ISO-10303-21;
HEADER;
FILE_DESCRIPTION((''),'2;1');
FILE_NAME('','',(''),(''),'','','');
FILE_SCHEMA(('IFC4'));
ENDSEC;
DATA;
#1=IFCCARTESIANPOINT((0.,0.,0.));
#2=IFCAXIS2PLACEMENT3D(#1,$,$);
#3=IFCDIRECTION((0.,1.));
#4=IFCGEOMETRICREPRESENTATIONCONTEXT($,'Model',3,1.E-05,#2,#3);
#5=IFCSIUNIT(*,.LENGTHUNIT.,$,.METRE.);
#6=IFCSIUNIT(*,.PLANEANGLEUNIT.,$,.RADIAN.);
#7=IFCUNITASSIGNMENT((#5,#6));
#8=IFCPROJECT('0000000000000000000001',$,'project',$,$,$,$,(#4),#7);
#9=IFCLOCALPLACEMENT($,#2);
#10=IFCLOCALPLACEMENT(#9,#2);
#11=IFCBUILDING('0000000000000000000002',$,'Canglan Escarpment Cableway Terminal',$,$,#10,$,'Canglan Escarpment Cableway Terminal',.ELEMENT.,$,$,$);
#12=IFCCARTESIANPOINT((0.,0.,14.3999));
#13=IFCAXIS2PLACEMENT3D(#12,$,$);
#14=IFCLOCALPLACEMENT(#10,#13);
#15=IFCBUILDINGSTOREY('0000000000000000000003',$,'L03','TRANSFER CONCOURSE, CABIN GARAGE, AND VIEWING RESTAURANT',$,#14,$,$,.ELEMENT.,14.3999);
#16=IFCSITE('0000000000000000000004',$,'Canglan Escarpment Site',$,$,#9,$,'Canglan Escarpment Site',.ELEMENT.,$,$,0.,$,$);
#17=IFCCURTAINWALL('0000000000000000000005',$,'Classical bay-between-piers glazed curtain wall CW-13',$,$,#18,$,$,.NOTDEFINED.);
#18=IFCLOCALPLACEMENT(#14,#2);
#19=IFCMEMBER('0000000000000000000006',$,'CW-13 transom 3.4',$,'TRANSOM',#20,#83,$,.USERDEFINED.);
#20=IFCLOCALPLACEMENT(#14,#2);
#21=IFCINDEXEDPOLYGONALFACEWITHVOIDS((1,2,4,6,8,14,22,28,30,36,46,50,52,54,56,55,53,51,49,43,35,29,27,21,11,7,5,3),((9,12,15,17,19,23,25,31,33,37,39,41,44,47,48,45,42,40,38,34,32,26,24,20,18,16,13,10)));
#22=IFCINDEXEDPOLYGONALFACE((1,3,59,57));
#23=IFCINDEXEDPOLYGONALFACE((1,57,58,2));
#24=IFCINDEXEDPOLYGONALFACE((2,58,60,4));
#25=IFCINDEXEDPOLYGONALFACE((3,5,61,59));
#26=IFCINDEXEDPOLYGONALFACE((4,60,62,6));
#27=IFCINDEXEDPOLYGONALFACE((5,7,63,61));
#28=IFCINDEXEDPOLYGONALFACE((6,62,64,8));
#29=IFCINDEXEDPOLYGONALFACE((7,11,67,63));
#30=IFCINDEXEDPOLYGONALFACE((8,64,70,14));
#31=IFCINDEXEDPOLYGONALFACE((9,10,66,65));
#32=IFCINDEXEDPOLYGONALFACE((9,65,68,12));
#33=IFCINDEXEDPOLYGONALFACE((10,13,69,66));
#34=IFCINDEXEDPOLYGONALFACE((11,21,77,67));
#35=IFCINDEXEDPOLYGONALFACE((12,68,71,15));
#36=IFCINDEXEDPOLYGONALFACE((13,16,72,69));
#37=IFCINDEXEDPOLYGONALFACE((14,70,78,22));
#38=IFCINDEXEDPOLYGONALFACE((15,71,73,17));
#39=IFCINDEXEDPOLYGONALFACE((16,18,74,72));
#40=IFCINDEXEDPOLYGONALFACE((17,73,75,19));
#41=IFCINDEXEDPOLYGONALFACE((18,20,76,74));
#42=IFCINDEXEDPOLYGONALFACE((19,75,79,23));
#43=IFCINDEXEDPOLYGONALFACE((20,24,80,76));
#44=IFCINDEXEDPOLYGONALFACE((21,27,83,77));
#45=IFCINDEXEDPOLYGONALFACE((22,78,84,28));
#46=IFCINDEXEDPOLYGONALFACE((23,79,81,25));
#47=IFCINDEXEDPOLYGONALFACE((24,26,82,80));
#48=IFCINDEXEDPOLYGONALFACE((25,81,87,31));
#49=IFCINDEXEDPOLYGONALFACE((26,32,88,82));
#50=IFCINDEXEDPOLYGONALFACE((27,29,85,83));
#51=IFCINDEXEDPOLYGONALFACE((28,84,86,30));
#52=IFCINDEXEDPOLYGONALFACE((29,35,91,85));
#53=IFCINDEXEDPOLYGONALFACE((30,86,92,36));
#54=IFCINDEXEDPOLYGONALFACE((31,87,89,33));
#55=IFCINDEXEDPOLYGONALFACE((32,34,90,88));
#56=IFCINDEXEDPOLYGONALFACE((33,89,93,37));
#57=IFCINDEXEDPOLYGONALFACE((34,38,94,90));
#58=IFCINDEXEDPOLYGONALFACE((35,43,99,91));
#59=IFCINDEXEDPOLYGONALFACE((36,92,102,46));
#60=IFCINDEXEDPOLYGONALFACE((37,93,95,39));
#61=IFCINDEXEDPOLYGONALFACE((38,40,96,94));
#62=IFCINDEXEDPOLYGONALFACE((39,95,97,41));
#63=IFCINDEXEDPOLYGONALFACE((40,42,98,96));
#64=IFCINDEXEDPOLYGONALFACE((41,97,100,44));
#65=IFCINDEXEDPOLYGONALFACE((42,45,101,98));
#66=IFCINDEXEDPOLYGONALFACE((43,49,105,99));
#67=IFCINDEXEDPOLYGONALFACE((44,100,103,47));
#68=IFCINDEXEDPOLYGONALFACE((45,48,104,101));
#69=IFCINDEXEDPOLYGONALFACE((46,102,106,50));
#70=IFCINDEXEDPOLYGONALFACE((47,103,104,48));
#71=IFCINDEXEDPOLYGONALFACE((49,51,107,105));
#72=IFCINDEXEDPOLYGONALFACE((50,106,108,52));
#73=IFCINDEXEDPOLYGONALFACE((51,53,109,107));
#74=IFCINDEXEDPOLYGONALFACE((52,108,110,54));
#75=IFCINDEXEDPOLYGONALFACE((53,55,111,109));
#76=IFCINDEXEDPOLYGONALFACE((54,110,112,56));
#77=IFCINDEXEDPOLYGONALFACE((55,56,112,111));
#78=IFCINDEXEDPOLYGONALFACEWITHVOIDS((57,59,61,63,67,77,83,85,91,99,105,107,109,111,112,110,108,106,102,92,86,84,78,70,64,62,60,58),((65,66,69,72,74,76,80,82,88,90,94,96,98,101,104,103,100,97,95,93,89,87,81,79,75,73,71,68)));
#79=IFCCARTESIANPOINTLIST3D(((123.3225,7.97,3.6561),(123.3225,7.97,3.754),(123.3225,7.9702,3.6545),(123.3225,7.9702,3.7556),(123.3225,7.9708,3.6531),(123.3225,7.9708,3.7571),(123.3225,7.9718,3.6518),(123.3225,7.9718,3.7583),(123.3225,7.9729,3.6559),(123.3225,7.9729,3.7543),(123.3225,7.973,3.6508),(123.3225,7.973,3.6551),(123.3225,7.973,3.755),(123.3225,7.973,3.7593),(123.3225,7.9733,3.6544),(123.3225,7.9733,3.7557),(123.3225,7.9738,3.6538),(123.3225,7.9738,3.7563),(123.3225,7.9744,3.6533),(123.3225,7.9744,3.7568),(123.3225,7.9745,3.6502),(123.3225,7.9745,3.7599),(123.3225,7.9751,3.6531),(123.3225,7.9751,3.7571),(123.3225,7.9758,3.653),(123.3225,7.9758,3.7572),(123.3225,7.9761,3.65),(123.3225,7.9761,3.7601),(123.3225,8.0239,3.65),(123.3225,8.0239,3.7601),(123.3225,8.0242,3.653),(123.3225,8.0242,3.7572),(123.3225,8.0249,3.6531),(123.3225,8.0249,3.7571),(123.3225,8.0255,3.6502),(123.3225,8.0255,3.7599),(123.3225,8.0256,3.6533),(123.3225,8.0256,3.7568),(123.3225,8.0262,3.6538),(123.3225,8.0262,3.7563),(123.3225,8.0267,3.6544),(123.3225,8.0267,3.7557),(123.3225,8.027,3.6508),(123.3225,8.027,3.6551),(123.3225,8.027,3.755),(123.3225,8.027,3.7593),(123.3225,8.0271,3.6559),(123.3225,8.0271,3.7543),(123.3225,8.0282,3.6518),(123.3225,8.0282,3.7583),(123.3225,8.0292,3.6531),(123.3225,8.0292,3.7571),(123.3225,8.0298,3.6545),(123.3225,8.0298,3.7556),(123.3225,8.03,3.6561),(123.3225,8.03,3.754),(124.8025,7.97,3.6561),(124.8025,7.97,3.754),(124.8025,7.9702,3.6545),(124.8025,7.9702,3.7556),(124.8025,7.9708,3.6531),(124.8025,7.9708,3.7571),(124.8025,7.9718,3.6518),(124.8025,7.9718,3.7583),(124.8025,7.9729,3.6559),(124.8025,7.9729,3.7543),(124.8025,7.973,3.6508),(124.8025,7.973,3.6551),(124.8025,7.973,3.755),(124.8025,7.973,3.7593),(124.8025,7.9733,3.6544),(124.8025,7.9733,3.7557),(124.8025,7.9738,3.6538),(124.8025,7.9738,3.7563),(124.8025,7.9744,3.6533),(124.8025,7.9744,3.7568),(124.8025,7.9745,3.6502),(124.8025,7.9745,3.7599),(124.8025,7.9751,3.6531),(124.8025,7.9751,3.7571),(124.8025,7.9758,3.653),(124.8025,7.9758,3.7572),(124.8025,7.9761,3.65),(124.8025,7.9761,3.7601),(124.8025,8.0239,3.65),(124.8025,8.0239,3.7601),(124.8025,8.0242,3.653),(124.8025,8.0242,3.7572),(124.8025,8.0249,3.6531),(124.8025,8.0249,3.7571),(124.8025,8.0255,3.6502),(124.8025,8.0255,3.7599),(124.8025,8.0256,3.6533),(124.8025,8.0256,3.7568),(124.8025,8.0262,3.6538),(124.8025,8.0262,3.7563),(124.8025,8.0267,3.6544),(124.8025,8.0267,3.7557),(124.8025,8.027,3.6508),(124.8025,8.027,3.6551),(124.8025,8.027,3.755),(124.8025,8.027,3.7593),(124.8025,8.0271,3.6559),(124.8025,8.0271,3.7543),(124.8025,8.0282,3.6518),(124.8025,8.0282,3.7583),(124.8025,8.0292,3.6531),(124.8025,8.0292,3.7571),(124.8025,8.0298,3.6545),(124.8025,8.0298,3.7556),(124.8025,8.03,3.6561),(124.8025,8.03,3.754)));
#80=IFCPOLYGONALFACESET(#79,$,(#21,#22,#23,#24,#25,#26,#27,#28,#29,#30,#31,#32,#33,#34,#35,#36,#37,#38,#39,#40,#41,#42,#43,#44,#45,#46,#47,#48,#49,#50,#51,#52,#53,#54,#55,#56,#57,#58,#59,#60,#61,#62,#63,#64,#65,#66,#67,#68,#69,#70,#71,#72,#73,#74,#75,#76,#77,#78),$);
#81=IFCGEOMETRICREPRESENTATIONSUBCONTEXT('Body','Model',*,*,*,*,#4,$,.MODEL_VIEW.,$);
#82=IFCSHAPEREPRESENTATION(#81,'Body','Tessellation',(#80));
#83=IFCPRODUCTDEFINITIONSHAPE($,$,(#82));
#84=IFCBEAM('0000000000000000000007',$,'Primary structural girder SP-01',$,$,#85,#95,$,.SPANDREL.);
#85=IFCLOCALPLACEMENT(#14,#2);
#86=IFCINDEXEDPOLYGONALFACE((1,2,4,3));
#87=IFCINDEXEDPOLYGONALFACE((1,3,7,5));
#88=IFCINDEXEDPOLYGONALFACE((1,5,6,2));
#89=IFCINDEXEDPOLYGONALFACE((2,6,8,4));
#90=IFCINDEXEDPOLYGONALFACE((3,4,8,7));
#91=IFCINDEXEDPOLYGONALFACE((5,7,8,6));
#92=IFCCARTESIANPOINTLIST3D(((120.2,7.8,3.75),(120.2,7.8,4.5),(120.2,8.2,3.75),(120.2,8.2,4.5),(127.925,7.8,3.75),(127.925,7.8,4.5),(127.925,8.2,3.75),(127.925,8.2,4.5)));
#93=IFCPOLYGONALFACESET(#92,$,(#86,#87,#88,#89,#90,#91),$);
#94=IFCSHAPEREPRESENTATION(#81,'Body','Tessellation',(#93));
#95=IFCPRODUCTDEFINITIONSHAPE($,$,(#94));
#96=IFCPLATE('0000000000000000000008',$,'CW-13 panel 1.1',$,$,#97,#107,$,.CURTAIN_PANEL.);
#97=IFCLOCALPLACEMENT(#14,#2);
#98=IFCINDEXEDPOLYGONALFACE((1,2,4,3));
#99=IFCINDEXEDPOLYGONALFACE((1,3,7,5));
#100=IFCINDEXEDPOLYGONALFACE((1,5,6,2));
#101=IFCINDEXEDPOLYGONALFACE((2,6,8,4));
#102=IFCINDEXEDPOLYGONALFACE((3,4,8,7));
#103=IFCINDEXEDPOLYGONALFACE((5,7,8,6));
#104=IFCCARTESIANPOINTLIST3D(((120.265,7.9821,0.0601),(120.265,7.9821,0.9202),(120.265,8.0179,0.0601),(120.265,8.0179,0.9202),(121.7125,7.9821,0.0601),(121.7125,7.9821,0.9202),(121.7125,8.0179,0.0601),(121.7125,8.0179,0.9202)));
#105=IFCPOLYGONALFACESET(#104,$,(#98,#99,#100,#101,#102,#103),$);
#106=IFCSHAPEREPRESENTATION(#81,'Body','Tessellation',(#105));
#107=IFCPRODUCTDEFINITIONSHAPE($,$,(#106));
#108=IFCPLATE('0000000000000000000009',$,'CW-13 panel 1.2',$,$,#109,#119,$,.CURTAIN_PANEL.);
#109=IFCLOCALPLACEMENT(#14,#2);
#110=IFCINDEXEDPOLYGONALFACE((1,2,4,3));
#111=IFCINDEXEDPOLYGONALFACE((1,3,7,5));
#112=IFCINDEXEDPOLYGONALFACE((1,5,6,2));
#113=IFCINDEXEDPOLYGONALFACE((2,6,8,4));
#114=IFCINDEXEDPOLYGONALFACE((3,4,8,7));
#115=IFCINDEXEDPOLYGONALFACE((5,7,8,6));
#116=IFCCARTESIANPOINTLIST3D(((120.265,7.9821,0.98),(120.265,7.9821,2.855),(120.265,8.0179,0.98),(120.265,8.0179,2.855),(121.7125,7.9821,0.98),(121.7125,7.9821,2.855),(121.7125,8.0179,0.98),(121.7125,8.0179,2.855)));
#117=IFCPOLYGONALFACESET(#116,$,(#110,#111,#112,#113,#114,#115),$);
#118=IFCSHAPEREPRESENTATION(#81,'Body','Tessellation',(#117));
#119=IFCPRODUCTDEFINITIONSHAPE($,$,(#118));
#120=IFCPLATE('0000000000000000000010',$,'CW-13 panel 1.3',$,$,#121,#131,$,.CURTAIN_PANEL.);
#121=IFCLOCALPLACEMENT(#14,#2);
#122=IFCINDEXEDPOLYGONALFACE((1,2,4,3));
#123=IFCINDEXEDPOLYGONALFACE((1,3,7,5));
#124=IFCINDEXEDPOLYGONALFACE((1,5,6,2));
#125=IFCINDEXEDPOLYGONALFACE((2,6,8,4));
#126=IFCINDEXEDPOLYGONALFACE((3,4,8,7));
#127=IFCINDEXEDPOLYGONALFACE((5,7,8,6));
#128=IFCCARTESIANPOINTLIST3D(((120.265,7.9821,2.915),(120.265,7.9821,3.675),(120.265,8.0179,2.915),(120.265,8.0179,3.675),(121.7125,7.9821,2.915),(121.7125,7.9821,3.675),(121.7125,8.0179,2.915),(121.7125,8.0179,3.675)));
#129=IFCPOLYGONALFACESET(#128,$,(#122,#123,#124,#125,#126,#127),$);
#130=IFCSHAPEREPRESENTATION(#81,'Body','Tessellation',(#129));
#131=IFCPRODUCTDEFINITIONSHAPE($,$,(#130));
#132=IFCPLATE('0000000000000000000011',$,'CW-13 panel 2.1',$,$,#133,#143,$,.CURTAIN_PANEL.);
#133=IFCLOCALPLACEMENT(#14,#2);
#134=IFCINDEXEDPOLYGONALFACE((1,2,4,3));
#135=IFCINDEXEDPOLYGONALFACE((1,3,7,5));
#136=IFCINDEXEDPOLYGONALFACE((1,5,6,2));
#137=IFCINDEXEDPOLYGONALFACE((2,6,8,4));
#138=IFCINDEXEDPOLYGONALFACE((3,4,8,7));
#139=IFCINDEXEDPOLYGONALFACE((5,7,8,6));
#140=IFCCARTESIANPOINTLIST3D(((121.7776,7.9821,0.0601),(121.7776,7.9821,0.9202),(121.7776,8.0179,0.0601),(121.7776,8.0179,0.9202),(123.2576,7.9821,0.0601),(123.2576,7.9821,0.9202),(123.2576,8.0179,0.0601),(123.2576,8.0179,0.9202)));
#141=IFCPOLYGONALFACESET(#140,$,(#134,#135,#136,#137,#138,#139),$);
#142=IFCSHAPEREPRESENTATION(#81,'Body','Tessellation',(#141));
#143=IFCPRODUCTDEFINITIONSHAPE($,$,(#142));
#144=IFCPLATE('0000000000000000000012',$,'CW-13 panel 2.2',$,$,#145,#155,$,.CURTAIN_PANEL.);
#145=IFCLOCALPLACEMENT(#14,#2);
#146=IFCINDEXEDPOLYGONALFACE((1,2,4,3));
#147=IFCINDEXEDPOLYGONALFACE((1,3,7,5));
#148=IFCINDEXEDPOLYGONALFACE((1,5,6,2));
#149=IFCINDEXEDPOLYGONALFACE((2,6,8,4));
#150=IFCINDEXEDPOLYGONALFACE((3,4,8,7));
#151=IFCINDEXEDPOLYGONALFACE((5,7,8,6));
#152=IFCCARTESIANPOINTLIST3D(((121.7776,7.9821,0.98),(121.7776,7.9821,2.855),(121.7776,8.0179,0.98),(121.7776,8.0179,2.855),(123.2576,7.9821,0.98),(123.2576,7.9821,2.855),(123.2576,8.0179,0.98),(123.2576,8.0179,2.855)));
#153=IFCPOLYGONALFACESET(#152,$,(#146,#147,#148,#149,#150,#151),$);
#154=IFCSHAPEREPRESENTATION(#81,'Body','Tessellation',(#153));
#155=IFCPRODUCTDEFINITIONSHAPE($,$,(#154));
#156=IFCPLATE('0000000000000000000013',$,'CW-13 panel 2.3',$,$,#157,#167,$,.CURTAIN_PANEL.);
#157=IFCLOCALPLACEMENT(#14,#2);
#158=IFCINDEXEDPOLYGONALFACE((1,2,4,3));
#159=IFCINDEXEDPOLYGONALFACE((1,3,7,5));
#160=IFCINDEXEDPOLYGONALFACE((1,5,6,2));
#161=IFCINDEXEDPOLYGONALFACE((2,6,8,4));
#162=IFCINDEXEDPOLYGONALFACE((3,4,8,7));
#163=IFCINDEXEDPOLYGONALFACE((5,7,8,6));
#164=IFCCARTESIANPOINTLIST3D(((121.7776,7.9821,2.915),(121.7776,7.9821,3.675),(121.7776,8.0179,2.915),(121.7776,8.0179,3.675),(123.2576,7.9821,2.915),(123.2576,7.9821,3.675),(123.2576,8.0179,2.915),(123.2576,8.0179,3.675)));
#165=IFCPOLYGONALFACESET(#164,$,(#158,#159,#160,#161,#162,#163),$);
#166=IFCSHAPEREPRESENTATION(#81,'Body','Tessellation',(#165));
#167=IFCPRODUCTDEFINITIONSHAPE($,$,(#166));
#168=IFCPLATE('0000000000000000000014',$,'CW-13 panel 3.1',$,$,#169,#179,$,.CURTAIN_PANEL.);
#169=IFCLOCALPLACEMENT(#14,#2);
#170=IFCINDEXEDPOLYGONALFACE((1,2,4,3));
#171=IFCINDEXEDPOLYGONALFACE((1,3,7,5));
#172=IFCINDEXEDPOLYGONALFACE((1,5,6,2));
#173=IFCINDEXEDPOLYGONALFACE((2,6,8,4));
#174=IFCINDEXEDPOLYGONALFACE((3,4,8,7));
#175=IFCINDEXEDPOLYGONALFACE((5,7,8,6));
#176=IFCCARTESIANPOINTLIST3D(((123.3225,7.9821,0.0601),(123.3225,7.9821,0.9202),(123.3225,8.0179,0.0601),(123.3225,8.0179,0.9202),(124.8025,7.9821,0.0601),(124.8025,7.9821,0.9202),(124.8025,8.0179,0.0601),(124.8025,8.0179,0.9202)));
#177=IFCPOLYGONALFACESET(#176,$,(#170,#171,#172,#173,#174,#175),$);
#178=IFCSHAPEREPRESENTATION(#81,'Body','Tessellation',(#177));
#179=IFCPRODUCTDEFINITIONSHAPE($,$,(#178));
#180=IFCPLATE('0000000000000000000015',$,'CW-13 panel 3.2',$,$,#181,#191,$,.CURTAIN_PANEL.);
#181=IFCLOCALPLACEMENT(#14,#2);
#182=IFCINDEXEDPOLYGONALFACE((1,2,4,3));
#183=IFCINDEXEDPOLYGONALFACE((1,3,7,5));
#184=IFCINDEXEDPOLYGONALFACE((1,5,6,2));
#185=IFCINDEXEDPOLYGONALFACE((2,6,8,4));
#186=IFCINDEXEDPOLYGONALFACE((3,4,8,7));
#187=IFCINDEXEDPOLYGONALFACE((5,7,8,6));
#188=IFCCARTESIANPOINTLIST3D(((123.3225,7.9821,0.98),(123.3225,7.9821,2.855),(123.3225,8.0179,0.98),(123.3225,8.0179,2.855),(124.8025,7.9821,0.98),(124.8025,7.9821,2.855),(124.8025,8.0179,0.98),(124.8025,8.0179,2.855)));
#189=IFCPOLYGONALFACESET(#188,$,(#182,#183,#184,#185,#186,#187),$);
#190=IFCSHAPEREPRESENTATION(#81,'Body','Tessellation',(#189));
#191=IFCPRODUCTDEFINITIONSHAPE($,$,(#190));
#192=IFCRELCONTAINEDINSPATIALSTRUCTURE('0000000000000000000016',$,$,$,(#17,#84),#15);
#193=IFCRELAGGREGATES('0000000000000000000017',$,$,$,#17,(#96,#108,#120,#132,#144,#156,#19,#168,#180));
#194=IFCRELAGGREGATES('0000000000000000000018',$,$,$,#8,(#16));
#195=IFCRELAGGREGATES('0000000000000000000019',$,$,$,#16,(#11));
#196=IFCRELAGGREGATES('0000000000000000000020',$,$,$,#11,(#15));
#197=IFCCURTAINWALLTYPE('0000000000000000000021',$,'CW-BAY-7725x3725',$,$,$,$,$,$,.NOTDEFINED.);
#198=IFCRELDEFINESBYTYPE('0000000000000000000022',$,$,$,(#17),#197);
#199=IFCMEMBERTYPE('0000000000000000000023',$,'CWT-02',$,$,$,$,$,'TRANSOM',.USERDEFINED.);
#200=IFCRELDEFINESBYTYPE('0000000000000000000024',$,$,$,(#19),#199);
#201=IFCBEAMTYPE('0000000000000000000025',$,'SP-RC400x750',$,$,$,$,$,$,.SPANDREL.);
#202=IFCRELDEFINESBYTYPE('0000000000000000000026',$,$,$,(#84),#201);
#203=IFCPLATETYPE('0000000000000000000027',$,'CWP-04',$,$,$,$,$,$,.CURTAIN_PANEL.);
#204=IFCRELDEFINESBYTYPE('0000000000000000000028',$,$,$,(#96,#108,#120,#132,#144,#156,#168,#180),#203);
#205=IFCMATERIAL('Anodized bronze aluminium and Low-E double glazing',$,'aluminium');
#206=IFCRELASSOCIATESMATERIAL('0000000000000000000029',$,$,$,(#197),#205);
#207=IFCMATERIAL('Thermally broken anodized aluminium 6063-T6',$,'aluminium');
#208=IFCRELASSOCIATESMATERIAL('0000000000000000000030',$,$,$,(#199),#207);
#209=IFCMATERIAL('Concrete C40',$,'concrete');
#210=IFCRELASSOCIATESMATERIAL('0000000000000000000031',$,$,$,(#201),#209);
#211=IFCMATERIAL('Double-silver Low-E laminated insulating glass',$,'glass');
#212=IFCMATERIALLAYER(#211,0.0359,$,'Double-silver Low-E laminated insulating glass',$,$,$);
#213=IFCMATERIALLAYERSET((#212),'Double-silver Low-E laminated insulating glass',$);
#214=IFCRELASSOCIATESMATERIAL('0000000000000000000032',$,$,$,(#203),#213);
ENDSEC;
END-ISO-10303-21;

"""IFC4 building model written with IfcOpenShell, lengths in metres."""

from ifc_helpers import new_model, si_unit, direction, frame, origin, origin_2d, place, context, subcontext, project, spatial, rectangle, hollow_rectangle, extrude, material, layer, layer_set, material_profile, profile_set, type_object, element, aggregate, save


model = new_model("IFC4")

# Units and contexts
model_context = context("Model", 3, precision=1e-05, world=origin(), true_north=direction((0.0, 1.0)))
body_context = subcontext(model_context, "Body", "Model", "MODEL_VIEW")
ifc_project = project(units=[si_unit("LENGTHUNIT", "METRE"), si_unit("PLANEANGLEUNIT", "RADIAN")], contexts=[model_context])

# Site, building, storey
site_placement = place(None, origin())
site = spatial("IfcSite", under=ifc_project, at=site_placement, Name="Canglan Escarpment Site", LongName="Canglan Escarpment Site", CompositionType="ELEMENT", RefElevation=0.0)
building_placement = place(site_placement, origin())
building = spatial("IfcBuilding", under=site, at=building_placement, Name="Canglan Escarpment Cableway Terminal", LongName="Canglan Escarpment Cableway Terminal", CompositionType="ELEMENT")
storey_placement = place(building_placement, frame((0.0, 0.0, 14.3999)))
storey = spatial("IfcBuildingStorey", under=building, at=storey_placement, Name="L03", Description="TRANSFER CONCOURSE, CABIN GARAGE, AND VIEWING RESTAURANT", CompositionType="ELEMENT", Elevation=14.3999)

# Shared definitions
ifc_material_1 = material(Name="Concrete C40", Category="concrete")

# Curtain wall, member
ifc_material_2 = material(Name="Anodized bronze aluminium and Low-E double glazing", Category="aluminium")
curtain_wall_type = type_object("IfcCurtainWallType", Name="CW-BAY-7725x3725", PredefinedType="NOTDEFINED", material=ifc_material_2)
curtain_wall_placement = place(storey_placement, origin())
curtain_wall = element("IfcCurtainWall", 1, at=curtain_wall_placement, inside=storey, type_object=curtain_wall_type, Name="Classical bay-between-piers glazed curtain wall CW-13", PredefinedType="NOTDEFINED")
ifc_material_3 = material(Name="Thermally broken anodized aluminium 6063-T6", Category="aluminium")
ifc_material_profile_1 = material_profile(ifc_material_3, hollow_rectangle(XDim=0.0601, YDim=0.1101, WallThickness=0.0029, InnerFilletRadius=0.0029, OuterFilletRadius=0.0061, at=origin_2d()), Name="ALU-TRAN 60x110x3")
ifc_profile_set_1 = profile_set([ifc_material_profile_1], Name="Thermally broken anodized aluminium 6063-T6")
member_type_1 = type_object("IfcMemberType", Name="CWT-02", ElementType="TRANSOM", PredefinedType="USERDEFINED", material=ifc_profile_set_1)
member_1_placement = place(storey_placement, frame((123.3225, 8.0, 3.7051), z_axis=(1.0, 0.0, 0.0), x_axis=(0.0, 1.0, 0.0)))
member_1 = element("IfcMember", 2, at=member_1_placement, type_object=member_type_1, Name="CW-13 transom 3.4", ObjectType="TRANSOM", PredefinedType="USERDEFINED", context=body_context, shape_type="SweptSolid", body=[
    extrude(hollow_rectangle(XDim=0.0601, YDim=0.1101, WallThickness=0.0029, InnerFilletRadius=0.0029, OuterFilletRadius=0.0061, at=origin_2d()), origin(), (0.0, 0.0, 1.0), 1.48),
])

# Beam
ifc_material_profile_2 = material_profile(ifc_material_1, rectangle(XDim=0.3999, YDim=0.75, at=origin_2d()), Name="RC 400x750")
ifc_profile_set_2 = profile_set([ifc_material_profile_2], Name="Concrete C40")
beam_type = type_object("IfcBeamType", Name="SP-RC400x750", PredefinedType="SPANDREL", material=ifc_profile_set_2)
beam_placement = place(storey_placement, frame((120.2, 8.0, 4.125), z_axis=(1.0, 0.0, 0.0), x_axis=(0.0, 1.0, 0.0)))
element("IfcBeam", 3, at=beam_placement, inside=storey, type_object=beam_type, Name="Primary structural girder SP-01", PredefinedType="SPANDREL", context=body_context, shape_type="SweptSolid", body=[
    extrude(rectangle(XDim=0.3999, YDim=0.75, at=origin_2d()), origin(), (0.0, 0.0, 1.0), 7.7251),
])

# Plates
ifc_material_4 = material(Name="Double-silver Low-E laminated insulating glass", Category="glass")
ifc_layer = layer(ifc_material_4, 0.0359, Name="Double-silver Low-E laminated insulating glass")
ifc_layer_set = layer_set([ifc_layer], Name="Double-silver Low-E laminated insulating glass")
plate_type = type_object("IfcPlateType", Name="CWP-04", PredefinedType="CURTAIN_PANEL", material=ifc_layer_set)
plate_1_placement = place(storey_placement, frame((120.9888, 8.0, 0.0601), z_axis=(0.0, 0.0, 1.0), x_axis=(1.0, 0.0, 0.0)))
plate_1 = element("IfcPlate", 4, at=plate_1_placement, type_object=plate_type, Name="CW-13 panel 1.1", PredefinedType="CURTAIN_PANEL", context=body_context, shape_type="SweptSolid", body=[
    extrude(rectangle(XDim=1.4475, YDim=0.0359, at=origin_2d()), origin(), (0.0, 0.0, 1.0), 0.8601),
])
plate_2_placement = place(storey_placement, frame((120.9888, 8.0, 0.98), z_axis=(0.0, 0.0, 1.0), x_axis=(1.0, 0.0, 0.0)))
plate_2 = element("IfcPlate", 5, at=plate_2_placement, type_object=plate_type, Name="CW-13 panel 1.2", PredefinedType="CURTAIN_PANEL", context=body_context, shape_type="SweptSolid", body=[
    extrude(rectangle(XDim=1.4475, YDim=0.0359, at=origin_2d()), origin(), (0.0, 0.0, 1.0), 1.875),
])
plate_3_placement = place(storey_placement, frame((120.9888, 8.0, 2.915), z_axis=(0.0, 0.0, 1.0), x_axis=(1.0, 0.0, 0.0)))
plate_3 = element("IfcPlate", 6, at=plate_3_placement, type_object=plate_type, Name="CW-13 panel 1.3", PredefinedType="CURTAIN_PANEL", context=body_context, shape_type="SweptSolid", body=[
    extrude(rectangle(XDim=1.4475, YDim=0.0359, at=origin_2d()), origin(), (0.0, 0.0, 1.0), 0.76),
])
plate_4_placement = place(storey_placement, frame((122.5176, 8.0, 0.0601), z_axis=(0.0, 0.0, 1.0), x_axis=(1.0, 0.0, 0.0)))
plate_4 = element("IfcPlate", 7, at=plate_4_placement, type_object=plate_type, Name="CW-13 panel 2.1", PredefinedType="CURTAIN_PANEL", context=body_context, shape_type="SweptSolid", body=[
    extrude(rectangle(XDim=1.48, YDim=0.0359, at=origin_2d()), origin(), (0.0, 0.0, 1.0), 0.8601),
])
plate_5_placement = place(storey_placement, frame((122.5176, 8.0, 0.98), z_axis=(0.0, 0.0, 1.0), x_axis=(1.0, 0.0, 0.0)))
plate_5 = element("IfcPlate", 8, at=plate_5_placement, type_object=plate_type, Name="CW-13 panel 2.2", PredefinedType="CURTAIN_PANEL", context=body_context, shape_type="SweptSolid", body=[
    extrude(rectangle(XDim=1.48, YDim=0.0359, at=origin_2d()), origin(), (0.0, 0.0, 1.0), 1.875),
])
plate_6_placement = place(storey_placement, frame((122.5176, 8.0, 2.915), z_axis=(0.0, 0.0, 1.0), x_axis=(1.0, 0.0, 0.0)))
plate_6 = element("IfcPlate", 9, at=plate_6_placement, type_object=plate_type, Name="CW-13 panel 2.3", PredefinedType="CURTAIN_PANEL", context=body_context, shape_type="SweptSolid", body=[
    extrude(rectangle(XDim=1.48, YDim=0.0359, at=origin_2d()), origin(), (0.0, 0.0, 1.0), 0.76),
])
plate_7_placement = place(storey_placement, frame((124.0625, 8.0, 0.0601), z_axis=(0.0, 0.0, 1.0), x_axis=(1.0, 0.0, 0.0)))
plate_7 = element("IfcPlate", 10, at=plate_7_placement, type_object=plate_type, Name="CW-13 panel 3.1", PredefinedType="CURTAIN_PANEL", context=body_context, shape_type="SweptSolid", body=[
    extrude(rectangle(XDim=1.48, YDim=0.0359, at=origin_2d()), origin(), (0.0, 0.0, 1.0), 0.8601),
])
plate_8_placement = place(storey_placement, frame((124.0625, 8.0, 0.98), z_axis=(0.0, 0.0, 1.0), x_axis=(1.0, 0.0, 0.0)))
plate_8 = element("IfcPlate", 11, at=plate_8_placement, type_object=plate_type, Name="CW-13 panel 3.2", PredefinedType="CURTAIN_PANEL", context=body_context, shape_type="SweptSolid", body=[
    extrude(rectangle(XDim=1.48, YDim=0.0359, at=origin_2d()), origin(), (0.0, 0.0, 1.0), 1.875),
])
aggregate(curtain_wall, [plate_1, plate_2, plate_3, plate_4, plate_5, plate_6, member_1, plate_7, plate_8])

save(model, "model.ifc")
